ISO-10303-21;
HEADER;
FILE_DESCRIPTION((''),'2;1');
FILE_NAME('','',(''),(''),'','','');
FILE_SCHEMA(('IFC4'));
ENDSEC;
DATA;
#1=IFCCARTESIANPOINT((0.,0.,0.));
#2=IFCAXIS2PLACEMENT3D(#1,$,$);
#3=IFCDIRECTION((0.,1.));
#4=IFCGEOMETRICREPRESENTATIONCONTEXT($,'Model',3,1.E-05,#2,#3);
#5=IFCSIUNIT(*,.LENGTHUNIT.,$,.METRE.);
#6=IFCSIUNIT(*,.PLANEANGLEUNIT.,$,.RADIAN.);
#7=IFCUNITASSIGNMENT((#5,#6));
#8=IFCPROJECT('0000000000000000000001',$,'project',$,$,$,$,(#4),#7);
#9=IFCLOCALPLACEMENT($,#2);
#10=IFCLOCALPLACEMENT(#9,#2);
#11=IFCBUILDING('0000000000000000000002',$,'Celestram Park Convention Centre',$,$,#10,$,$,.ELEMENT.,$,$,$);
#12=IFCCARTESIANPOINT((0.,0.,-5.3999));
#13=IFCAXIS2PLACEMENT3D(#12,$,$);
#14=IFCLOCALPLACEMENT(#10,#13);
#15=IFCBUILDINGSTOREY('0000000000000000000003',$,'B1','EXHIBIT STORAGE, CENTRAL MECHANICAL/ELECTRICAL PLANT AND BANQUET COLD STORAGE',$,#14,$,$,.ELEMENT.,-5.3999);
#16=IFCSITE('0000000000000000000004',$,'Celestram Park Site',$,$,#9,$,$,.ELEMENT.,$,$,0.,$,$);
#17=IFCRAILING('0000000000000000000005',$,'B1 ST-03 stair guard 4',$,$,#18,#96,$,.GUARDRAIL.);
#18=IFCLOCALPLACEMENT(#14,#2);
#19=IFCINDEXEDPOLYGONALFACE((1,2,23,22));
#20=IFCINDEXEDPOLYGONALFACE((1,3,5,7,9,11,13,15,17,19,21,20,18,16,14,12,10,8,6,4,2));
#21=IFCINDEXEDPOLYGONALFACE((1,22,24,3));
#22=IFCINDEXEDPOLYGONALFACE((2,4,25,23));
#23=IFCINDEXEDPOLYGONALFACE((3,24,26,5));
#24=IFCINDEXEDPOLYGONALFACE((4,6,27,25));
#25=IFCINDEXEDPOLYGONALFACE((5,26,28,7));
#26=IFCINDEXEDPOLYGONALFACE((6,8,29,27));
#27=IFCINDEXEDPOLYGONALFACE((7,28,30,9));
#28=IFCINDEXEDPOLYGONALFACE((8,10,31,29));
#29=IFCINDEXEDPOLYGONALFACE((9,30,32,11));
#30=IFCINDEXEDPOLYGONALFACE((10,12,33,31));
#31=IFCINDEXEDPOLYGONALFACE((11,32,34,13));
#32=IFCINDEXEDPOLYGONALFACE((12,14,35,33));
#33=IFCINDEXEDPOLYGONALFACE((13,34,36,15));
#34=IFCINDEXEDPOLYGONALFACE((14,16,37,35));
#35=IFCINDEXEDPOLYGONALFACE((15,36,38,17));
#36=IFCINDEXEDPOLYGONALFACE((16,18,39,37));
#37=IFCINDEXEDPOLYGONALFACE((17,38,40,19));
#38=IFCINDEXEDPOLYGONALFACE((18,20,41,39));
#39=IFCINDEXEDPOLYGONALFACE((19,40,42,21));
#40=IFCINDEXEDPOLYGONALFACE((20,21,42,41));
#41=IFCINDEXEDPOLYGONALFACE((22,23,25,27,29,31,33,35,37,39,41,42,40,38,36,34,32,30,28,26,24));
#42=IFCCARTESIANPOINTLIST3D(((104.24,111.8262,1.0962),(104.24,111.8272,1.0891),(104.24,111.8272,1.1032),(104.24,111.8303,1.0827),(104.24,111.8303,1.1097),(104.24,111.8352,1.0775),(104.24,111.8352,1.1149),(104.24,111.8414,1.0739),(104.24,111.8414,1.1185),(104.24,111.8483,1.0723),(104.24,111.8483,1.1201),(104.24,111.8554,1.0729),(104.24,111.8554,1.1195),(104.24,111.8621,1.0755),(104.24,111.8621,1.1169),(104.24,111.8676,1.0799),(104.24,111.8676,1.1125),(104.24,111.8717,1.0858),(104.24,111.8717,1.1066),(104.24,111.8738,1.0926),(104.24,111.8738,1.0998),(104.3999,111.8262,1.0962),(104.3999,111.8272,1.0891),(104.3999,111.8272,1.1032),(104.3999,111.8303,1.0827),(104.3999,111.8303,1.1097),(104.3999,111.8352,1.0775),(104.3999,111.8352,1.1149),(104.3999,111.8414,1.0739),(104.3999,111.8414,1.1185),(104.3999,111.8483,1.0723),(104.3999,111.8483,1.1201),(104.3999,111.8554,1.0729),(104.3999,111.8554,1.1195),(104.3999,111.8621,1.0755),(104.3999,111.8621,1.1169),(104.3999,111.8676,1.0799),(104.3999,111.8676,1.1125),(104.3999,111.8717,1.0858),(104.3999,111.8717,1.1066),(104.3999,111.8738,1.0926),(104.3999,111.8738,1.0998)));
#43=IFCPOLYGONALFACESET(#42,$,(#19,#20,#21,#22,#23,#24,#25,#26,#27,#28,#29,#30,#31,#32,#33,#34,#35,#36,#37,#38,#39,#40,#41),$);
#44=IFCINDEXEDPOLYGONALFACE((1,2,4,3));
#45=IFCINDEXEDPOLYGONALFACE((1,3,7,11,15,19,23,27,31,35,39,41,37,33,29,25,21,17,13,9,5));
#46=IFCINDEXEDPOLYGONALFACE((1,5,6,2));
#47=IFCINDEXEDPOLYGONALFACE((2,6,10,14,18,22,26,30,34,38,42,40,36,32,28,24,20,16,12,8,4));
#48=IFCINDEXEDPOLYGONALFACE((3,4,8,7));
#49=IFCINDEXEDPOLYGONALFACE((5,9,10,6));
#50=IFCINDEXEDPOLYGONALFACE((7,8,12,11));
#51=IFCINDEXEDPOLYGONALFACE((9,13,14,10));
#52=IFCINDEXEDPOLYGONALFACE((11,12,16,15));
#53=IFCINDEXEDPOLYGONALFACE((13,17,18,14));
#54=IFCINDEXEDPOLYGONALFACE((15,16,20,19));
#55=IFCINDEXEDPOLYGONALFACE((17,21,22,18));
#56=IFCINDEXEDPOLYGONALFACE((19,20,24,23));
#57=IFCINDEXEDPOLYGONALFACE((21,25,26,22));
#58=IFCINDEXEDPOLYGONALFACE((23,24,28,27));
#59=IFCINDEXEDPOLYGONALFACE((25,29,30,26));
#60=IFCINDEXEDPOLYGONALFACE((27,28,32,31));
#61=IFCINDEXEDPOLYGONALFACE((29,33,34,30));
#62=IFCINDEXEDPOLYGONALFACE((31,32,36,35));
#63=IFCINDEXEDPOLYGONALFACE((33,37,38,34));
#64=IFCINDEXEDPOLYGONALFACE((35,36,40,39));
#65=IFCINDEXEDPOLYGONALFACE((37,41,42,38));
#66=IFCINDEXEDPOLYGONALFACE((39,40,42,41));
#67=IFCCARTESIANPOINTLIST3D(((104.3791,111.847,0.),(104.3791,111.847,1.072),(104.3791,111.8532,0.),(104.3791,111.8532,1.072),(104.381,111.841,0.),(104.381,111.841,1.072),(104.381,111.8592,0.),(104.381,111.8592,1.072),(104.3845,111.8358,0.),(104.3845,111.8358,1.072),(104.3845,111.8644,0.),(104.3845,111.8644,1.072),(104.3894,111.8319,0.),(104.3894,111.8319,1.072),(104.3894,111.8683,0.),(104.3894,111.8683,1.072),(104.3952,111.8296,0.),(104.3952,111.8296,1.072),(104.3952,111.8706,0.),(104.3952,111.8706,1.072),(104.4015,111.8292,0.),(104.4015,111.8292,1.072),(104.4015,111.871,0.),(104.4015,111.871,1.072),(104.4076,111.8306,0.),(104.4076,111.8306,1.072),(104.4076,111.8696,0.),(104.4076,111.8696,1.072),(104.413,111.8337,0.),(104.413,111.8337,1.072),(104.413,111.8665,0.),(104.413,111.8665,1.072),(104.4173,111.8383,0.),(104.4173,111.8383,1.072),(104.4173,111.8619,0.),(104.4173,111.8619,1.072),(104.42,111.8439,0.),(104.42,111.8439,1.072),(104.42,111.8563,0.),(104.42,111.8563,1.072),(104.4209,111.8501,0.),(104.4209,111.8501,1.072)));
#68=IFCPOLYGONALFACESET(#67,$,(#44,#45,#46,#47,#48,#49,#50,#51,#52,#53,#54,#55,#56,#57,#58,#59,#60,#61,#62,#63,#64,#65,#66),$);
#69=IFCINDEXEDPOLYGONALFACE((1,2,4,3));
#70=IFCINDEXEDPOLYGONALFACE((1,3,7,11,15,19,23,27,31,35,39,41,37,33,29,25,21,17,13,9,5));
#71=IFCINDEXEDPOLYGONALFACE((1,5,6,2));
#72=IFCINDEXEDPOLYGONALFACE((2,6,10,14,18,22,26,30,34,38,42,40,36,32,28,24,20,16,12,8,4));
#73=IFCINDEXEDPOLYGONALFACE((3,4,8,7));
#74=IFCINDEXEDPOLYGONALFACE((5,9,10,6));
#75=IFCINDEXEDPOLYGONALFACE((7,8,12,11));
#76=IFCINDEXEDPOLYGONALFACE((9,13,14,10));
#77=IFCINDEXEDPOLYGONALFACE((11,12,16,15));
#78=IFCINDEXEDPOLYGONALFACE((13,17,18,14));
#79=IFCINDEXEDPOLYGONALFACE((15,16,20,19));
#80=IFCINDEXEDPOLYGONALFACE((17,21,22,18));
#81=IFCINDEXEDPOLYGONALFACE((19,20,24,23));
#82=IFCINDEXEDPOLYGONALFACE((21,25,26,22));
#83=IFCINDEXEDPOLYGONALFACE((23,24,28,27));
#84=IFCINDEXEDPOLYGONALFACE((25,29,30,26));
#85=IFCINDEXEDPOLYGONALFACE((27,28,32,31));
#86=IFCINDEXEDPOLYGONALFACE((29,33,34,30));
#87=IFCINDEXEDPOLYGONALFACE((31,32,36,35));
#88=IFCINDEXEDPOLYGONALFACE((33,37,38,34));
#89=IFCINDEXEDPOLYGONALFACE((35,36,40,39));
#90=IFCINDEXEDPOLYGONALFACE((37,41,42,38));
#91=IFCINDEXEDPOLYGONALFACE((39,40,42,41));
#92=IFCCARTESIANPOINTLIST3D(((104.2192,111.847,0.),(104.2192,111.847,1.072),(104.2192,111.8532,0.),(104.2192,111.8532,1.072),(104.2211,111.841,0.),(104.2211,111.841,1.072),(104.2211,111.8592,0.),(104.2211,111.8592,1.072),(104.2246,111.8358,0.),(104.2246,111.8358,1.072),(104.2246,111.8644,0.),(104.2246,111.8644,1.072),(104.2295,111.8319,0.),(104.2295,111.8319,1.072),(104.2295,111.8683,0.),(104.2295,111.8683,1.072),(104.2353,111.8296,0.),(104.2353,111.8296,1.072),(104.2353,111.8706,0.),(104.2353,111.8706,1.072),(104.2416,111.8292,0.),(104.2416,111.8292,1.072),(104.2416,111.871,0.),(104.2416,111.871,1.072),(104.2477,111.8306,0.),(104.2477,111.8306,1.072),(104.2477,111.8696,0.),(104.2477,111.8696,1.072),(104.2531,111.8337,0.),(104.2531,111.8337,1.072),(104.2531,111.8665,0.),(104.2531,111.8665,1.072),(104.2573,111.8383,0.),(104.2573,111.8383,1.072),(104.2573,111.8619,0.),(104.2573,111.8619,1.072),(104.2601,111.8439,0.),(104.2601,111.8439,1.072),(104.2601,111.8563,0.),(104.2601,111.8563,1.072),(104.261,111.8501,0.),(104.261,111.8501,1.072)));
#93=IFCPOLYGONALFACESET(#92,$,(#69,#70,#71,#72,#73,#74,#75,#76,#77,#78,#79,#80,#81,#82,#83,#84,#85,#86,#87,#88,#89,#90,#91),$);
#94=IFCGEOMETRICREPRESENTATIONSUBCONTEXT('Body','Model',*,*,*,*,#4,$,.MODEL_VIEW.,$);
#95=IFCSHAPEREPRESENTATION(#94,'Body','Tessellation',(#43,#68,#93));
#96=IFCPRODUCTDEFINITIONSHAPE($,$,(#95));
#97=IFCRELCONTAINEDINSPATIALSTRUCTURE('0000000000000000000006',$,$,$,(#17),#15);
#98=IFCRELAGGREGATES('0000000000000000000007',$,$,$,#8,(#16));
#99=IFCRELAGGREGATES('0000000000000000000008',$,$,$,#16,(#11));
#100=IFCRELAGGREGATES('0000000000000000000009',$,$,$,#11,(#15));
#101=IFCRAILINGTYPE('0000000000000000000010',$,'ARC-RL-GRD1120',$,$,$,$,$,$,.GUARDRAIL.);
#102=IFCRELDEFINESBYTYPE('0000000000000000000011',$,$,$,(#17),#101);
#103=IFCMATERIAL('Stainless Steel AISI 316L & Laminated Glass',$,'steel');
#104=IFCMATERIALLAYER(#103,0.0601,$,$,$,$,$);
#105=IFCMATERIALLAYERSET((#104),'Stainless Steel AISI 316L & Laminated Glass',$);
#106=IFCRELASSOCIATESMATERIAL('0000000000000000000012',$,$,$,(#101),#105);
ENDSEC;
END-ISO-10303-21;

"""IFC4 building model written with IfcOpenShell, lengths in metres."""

from ifc_helpers import new_model, si_unit, direction, frame, origin, origin_2d, place, context, subcontext, project, spatial, circle, extrude, material, layer, layer_set, type_object, element, save


model = new_model("IFC4")

# Units and contexts
model_context = context("Model", 3, precision=1e-05, world=origin(), true_north=direction((0.0, 1.0)))
body_context = subcontext(model_context, "Body", "Model", "MODEL_VIEW")
ifc_project = project(units=[si_unit("LENGTHUNIT", "METRE"), si_unit("PLANEANGLEUNIT", "RADIAN")], contexts=[model_context])

# Site, building, storey
site_placement = place(None, origin())
site = spatial("IfcSite", under=ifc_project, at=site_placement, Name="Celestram Park Site", CompositionType="ELEMENT", RefElevation=0.0)
building_placement = place(site_placement, origin())
building = spatial("IfcBuilding", under=site, at=building_placement, Name="Celestram Park Convention Centre", CompositionType="ELEMENT")
storey_placement = place(building_placement, frame((0.0, 0.0, -5.3999)))
storey = spatial("IfcBuildingStorey", under=building, at=storey_placement, Name="B1", Description="EXHIBIT STORAGE, CENTRAL MECHANICAL/ELECTRICAL PLANT AND BANQUET COLD STORAGE", CompositionType="ELEMENT", Elevation=-5.3999)

# Railing
ifc_material_1 = material(Name="Stainless Steel AISI 316L & Laminated Glass", Category="steel")
ifc_layer_1 = layer(ifc_material_1, 0.0601)
ifc_layer_set_1 = layer_set([ifc_layer_1], Name="Stainless Steel AISI 316L & Laminated Glass")
railing_type_1 = type_object("IfcRailingType", Name="ARC-RL-GRD1120", PredefinedType="GUARDRAIL", material=ifc_layer_set_1)
railing_1_placement = place(storey_placement, frame((104.3999, 111.8501, 0.0)))
element("IfcRailing", 1, at=railing_1_placement, inside=storey, type_object=railing_type_1, Name="B1 ST-03 stair guard 4", PredefinedType="GUARDRAIL", context=body_context, shape_type="SweptSolid", body=[
    extrude(circle(Radius=0.0239, at=origin_2d()), frame((0.0, 0.0, 1.0962), z_axis=(-1.0, 0.0, 0.0), x_axis=(0.0, -1.0, 0.0)), (0.0, 0.0, 1.0), 0.1599),
    extrude(circle(Radius=0.021, at=origin_2d()), origin(), (0.0, 0.0, 1.0), 1.072),
    extrude(circle(Radius=0.021, at=origin_2d()), frame((-0.1599, 0.0, 0.0)), (0.0, 0.0, 1.0), 1.072),
])

save(model, "model.ifc")
